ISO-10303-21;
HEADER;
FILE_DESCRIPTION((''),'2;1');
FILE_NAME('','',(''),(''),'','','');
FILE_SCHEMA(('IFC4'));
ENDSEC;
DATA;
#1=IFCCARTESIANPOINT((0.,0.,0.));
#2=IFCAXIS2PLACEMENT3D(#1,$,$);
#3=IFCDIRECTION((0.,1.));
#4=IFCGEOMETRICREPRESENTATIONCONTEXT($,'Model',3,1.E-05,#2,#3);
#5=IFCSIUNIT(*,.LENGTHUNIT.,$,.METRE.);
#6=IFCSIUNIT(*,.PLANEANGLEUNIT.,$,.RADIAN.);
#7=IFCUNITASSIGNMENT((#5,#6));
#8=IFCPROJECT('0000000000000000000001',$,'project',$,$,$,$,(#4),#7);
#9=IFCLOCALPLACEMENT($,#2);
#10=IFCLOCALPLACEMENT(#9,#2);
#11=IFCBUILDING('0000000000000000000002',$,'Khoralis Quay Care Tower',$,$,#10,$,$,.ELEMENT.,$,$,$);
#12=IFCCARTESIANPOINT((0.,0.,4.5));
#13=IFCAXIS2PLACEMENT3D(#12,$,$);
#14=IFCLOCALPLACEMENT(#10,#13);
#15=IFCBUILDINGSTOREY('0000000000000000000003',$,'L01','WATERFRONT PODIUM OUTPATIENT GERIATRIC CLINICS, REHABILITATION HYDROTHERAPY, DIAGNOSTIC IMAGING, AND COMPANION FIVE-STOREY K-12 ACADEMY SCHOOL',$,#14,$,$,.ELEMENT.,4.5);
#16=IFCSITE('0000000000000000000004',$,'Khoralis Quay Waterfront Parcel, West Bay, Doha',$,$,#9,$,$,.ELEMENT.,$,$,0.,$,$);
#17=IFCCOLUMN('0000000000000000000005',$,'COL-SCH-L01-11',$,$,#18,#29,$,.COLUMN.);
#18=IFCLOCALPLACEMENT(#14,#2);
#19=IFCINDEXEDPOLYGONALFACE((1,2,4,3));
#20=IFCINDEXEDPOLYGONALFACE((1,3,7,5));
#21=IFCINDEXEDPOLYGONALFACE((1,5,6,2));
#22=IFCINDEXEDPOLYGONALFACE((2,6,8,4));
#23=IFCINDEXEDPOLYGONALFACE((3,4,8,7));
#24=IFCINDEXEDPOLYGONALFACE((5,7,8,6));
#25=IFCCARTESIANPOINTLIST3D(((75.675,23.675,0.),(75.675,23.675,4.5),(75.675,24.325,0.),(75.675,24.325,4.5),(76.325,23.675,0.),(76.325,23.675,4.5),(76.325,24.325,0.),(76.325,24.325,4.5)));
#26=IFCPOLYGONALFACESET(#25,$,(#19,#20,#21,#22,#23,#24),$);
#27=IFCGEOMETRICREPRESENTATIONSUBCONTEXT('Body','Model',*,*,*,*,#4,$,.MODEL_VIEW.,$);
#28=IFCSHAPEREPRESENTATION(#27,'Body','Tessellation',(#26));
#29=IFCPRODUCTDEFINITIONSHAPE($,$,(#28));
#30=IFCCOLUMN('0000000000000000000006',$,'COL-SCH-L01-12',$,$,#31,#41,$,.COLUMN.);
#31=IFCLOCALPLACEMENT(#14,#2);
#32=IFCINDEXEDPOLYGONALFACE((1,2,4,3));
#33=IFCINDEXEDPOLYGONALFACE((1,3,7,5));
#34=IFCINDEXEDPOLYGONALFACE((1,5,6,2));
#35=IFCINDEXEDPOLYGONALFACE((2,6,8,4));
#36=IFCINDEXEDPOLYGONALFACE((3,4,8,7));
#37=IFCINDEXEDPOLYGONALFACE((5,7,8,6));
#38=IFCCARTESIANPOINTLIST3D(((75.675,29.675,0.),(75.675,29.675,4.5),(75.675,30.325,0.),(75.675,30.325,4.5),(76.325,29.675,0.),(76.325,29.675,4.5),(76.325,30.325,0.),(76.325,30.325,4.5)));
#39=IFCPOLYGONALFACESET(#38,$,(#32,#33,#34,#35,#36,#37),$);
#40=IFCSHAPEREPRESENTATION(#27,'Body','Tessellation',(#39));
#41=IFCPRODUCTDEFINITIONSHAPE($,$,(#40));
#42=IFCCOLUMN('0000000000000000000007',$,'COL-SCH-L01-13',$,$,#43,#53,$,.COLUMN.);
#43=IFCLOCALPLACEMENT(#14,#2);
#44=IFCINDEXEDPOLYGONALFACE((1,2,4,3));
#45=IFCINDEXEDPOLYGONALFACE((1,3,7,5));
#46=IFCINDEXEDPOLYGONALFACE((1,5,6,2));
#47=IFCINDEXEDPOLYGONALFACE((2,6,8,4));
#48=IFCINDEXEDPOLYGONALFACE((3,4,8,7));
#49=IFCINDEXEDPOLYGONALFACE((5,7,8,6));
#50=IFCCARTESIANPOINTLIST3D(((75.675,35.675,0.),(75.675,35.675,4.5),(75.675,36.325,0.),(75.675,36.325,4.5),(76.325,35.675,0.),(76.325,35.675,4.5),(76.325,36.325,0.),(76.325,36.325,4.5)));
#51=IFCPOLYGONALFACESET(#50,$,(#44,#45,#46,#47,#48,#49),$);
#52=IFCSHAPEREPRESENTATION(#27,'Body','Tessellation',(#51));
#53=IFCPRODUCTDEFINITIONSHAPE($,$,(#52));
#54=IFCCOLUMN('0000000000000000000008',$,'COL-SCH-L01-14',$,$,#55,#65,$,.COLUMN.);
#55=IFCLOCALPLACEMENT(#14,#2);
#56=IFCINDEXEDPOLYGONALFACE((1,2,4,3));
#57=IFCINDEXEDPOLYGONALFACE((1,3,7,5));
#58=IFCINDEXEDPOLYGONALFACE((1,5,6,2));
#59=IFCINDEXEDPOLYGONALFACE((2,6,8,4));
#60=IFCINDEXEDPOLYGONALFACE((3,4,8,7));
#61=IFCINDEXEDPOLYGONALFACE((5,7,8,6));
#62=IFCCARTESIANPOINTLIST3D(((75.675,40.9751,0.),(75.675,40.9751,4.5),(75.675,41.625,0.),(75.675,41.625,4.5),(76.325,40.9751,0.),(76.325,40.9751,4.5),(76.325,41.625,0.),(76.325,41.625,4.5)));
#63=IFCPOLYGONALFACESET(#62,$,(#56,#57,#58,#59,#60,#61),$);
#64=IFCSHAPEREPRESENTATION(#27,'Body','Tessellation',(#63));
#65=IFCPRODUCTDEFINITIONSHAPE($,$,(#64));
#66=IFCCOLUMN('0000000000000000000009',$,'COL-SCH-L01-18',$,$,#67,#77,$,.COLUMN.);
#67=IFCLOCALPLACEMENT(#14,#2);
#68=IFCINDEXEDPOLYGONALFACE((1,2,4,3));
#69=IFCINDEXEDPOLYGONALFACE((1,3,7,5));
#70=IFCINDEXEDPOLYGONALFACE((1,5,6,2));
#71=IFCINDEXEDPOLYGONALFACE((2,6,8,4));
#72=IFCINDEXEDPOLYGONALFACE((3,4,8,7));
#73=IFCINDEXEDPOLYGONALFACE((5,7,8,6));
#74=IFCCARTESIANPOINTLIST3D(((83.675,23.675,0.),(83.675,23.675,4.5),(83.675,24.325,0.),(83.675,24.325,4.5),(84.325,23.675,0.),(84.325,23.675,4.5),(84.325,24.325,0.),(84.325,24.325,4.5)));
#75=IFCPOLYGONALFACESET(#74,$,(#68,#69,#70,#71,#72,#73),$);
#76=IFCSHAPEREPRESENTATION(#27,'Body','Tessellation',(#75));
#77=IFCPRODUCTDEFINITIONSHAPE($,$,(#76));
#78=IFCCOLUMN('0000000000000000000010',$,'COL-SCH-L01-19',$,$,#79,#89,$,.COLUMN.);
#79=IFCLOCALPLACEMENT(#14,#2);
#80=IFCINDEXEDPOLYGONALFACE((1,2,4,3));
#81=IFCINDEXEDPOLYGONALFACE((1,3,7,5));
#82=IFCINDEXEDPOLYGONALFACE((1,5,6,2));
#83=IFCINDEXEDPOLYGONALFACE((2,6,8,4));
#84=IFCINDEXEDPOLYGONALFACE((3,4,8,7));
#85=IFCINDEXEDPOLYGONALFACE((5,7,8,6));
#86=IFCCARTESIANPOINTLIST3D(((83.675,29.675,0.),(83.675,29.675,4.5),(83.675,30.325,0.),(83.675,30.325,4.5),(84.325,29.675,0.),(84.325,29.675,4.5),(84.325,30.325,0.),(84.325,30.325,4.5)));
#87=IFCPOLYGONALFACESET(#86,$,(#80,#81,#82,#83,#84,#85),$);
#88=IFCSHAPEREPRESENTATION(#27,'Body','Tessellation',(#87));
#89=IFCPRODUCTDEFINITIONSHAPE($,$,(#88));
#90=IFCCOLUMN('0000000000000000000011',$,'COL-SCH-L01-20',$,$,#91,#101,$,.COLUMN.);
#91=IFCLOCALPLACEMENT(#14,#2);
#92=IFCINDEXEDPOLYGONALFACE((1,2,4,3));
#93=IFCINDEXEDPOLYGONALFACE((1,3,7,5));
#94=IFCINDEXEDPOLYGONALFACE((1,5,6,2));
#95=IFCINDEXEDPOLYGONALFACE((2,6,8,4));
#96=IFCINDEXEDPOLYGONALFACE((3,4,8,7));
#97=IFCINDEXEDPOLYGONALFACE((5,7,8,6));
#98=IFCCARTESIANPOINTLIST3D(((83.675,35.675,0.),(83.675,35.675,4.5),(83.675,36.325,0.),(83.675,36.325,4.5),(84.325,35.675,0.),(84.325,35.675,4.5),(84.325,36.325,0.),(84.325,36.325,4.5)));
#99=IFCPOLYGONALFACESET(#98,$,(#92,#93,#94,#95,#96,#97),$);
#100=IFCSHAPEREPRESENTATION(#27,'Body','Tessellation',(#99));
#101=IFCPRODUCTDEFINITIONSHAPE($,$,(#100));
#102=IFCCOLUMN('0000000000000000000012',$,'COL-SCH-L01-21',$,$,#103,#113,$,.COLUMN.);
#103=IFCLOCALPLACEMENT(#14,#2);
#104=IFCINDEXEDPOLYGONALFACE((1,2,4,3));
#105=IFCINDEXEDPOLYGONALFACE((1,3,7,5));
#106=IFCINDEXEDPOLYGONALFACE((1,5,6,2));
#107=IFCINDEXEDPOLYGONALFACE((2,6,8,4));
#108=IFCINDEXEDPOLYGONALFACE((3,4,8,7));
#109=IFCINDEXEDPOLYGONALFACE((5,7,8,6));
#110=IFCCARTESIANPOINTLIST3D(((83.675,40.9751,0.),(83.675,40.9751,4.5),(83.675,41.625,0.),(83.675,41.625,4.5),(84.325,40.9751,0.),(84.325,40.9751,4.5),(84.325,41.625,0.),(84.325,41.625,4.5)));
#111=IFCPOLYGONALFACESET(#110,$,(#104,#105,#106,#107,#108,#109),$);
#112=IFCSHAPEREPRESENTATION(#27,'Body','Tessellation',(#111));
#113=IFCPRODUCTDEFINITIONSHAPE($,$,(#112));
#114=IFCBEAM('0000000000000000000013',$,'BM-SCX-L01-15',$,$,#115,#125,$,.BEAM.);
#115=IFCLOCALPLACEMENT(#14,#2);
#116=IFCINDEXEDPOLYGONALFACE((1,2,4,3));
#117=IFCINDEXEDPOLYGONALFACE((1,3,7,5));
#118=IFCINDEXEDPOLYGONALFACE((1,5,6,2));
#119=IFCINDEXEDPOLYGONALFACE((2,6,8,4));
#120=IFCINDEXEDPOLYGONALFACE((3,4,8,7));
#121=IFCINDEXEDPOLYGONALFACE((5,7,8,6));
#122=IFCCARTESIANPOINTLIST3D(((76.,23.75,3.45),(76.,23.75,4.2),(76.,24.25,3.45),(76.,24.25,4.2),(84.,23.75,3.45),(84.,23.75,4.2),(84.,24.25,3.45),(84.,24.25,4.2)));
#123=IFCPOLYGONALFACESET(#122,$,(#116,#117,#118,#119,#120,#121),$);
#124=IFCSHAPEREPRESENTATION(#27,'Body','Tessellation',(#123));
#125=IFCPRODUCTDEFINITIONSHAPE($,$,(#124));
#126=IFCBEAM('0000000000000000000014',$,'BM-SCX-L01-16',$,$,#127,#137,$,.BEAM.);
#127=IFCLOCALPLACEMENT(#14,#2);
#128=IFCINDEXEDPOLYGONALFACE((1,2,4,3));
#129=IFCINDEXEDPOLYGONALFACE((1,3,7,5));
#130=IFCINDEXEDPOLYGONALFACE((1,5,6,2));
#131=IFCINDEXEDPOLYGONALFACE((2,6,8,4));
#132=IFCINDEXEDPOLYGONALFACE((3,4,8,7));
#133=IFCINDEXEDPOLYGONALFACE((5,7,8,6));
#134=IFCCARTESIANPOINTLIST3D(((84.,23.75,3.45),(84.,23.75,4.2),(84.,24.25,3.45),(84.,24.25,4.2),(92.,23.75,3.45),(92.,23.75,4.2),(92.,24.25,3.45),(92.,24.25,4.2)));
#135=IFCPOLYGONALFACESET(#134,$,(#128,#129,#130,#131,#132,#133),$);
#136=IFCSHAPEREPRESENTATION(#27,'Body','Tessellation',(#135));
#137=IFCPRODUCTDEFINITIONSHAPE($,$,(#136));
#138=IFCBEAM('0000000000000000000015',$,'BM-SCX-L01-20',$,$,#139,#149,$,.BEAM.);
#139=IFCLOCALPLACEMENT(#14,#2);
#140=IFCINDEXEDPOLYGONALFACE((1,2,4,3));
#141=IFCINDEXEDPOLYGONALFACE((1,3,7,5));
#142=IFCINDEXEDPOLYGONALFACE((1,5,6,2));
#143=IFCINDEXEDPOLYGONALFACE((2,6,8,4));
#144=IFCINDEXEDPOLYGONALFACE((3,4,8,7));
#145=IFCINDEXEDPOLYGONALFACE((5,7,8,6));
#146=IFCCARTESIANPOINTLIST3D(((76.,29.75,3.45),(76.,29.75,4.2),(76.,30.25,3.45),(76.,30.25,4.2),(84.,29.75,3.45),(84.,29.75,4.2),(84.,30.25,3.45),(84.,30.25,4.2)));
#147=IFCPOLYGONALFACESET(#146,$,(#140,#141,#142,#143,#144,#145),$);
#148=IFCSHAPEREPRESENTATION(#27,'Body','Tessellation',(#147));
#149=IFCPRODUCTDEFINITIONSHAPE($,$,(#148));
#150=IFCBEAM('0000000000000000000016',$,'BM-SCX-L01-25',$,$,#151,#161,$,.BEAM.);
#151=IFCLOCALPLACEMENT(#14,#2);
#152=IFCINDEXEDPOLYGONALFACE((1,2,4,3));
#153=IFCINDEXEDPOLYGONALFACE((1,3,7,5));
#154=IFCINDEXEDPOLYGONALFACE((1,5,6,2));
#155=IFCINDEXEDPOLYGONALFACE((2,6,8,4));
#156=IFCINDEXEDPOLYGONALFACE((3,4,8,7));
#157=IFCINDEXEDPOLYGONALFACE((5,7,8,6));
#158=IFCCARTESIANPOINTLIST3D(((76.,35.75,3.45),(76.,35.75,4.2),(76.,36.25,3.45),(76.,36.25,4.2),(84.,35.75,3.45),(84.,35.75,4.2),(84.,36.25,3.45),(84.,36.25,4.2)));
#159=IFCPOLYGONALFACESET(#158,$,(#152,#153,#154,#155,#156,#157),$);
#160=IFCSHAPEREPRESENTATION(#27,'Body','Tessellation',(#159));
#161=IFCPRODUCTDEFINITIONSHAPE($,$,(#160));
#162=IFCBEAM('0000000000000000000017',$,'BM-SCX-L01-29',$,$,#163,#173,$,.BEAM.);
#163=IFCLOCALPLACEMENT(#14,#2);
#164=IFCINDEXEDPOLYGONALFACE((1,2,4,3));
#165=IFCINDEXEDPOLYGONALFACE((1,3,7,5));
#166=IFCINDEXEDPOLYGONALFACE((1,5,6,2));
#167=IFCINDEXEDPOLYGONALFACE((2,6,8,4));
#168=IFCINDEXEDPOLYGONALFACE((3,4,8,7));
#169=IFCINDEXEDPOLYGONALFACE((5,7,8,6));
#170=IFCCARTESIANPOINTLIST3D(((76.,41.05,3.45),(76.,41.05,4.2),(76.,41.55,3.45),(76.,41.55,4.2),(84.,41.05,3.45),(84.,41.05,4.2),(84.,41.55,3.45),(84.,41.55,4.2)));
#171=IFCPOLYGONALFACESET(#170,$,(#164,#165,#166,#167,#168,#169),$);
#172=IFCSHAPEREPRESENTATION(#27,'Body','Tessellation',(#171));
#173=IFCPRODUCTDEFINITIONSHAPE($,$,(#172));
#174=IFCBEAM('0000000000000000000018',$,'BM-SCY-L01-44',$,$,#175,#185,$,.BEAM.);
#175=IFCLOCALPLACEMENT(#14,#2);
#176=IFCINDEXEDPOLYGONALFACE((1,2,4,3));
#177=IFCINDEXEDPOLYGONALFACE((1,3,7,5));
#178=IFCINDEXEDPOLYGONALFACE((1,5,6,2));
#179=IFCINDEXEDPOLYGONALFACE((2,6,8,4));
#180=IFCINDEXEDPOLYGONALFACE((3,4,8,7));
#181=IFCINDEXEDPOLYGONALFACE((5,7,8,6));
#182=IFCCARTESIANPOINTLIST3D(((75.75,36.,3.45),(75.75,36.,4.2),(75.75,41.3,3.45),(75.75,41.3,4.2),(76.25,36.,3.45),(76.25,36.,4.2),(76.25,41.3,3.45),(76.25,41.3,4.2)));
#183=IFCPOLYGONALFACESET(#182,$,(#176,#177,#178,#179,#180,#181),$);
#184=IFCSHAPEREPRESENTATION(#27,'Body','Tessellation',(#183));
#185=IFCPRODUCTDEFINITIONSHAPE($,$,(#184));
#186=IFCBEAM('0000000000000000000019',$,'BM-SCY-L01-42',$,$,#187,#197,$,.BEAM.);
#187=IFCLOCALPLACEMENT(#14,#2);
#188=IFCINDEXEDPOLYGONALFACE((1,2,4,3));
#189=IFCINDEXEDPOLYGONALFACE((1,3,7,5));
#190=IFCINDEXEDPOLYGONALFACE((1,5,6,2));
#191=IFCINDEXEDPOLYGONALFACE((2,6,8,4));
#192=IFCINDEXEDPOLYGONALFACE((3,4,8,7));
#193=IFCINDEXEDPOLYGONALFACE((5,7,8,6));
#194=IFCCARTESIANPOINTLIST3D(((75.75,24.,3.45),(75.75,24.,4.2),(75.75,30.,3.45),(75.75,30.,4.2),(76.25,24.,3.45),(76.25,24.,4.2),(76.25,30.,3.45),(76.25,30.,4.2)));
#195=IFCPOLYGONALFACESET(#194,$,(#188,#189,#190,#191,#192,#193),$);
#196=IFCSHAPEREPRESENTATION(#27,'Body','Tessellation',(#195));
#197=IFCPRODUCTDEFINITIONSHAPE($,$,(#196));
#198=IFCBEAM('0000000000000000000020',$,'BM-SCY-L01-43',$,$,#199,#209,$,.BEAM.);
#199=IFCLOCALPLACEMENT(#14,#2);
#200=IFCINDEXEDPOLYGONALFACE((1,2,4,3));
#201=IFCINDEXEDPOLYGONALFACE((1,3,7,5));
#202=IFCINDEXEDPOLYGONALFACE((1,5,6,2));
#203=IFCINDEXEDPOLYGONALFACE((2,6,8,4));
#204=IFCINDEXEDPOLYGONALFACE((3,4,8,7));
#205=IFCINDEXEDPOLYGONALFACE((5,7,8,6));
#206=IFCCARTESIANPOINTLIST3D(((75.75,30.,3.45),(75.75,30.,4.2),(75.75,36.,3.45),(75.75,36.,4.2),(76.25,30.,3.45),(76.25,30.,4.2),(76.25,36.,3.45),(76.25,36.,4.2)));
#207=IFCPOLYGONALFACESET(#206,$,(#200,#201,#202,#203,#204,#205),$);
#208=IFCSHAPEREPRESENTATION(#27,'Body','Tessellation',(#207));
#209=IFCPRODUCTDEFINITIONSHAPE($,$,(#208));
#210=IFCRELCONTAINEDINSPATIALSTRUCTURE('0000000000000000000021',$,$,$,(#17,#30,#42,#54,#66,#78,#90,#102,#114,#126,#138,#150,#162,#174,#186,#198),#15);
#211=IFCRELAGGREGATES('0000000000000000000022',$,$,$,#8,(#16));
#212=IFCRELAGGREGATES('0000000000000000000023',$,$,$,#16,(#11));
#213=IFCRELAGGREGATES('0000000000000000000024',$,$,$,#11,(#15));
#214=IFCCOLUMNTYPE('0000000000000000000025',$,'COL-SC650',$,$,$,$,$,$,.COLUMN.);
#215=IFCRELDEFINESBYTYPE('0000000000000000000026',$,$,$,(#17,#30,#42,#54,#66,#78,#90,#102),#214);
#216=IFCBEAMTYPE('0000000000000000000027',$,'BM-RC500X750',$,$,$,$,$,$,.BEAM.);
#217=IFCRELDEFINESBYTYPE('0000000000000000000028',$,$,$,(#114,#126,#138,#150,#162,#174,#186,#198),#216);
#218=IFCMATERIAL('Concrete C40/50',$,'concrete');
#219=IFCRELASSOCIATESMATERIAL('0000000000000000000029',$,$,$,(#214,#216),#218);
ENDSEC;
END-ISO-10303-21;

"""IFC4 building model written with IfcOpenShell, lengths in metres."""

from ifc_helpers import new_model, si_unit, direction, frame, origin, origin_2d, place, context, subcontext, project, spatial, rectangle, extrude, source, transform, mapped, material, material_profile, profile_set, type_object, element, save


model = new_model("IFC4")

# Units and contexts
model_context = context("Model", 3, precision=1e-05, world=origin(), true_north=direction((0.0, 1.0)))
body_context = subcontext(model_context, "Body", "Model", "MODEL_VIEW")
ifc_project = project(units=[si_unit("LENGTHUNIT", "METRE"), si_unit("PLANEANGLEUNIT", "RADIAN")], contexts=[model_context])

# Site, building, storey
site_placement = place(None, origin())
site = spatial("IfcSite", under=ifc_project, at=site_placement, Name="Khoralis Quay Waterfront Parcel, West Bay, Doha", CompositionType="ELEMENT", RefElevation=0.0)
building_placement = place(site_placement, origin())
building = spatial("IfcBuilding", under=site, at=building_placement, Name="Khoralis Quay Care Tower", CompositionType="ELEMENT")
storey_placement = place(building_placement, frame((0.0, 0.0, 4.5)))
storey = spatial("IfcBuildingStorey", under=building, at=storey_placement, Name="L01", Description="WATERFRONT PODIUM OUTPATIENT GERIATRIC CLINICS, REHABILITATION HYDROTHERAPY, DIAGNOSTIC IMAGING, AND COMPANION FIVE-STOREY K-12 ACADEMY SCHOOL", CompositionType="ELEMENT", Elevation=4.5)

# Columns
ifc_material_1 = material(Name="Concrete C40/50", Category="concrete")
ifc_material_profile_1 = material_profile(ifc_material_1, rectangle(XDim=0.6499, YDim=0.6499, at=origin_2d()), Name="Concrete C40/50")
ifc_profile_set_1 = profile_set([ifc_material_profile_1], Name="Concrete C40/50")
column_type = type_object("IfcColumnType", Name="COL-SC650", PredefinedType="COLUMN", material=ifc_profile_set_1)
shared_shape_1 = source(origin(), body_context, "Body", "SweptSolid", [
    extrude(rectangle(XDim=0.6499, YDim=0.6499, at=origin_2d()), origin(), (0.0, 0.0, 1.0), 4.5),
])
for number, where, z_axis, x_axis, name in (
    (1, (76.0, 24.0, 0.0), (0.0, 0.0, 1.0), (1.0, 0.0, 0.0), "COL-SCH-L01-11"),
    (2, (76.0, 30.0, 0.0), (0.0, 0.0, 1.0), (1.0, 0.0, 0.0), "COL-SCH-L01-12"),
    (3, (76.0, 36.0, 0.0), (0.0, 0.0, 1.0), (1.0, 0.0, 0.0), "COL-SCH-L01-13"),
    (4, (76.0, 41.3, 0.0), (0.0, 0.0, 1.0), (1.0, 0.0, 0.0), "COL-SCH-L01-14"),
    (5, (84.0, 24.0, 0.0), (0.0, 0.0, 1.0), (1.0, 0.0, 0.0), "COL-SCH-L01-18"),
    (6, (84.0, 30.0, 0.0), (0.0, 0.0, 1.0), (1.0, 0.0, 0.0), "COL-SCH-L01-19"),
    (7, (84.0, 36.0, 0.0), (0.0, 0.0, 1.0), (1.0, 0.0, 0.0), "COL-SCH-L01-20"),
    (8, (84.0, 41.3, 0.0), (0.0, 0.0, 1.0), (1.0, 0.0, 0.0), "COL-SCH-L01-21"),
):
    element("IfcColumn", number, at=place(storey_placement, frame(where, z_axis=z_axis, x_axis=x_axis)), inside=storey, type_object=column_type, Name=name, PredefinedType="COLUMN", context=body_context, shape_type="MappedRepresentation", body=[
        mapped(shared_shape_1, transform((0.0, 0.0, 0.0), scale=1.0)),
    ])

# Beams
ifc_material_profile_2 = material_profile(ifc_material_1, rectangle(XDim=0.5, YDim=0.75, at=origin_2d()), Name="Concrete C40/50")
ifc_profile_set_2 = profile_set([ifc_material_profile_2], Name="Concrete C40/50")
beam_type_1 = type_object("IfcBeamType", Name="BM-RC500X750", PredefinedType="BEAM", material=ifc_profile_set_2)
shared_shape_2 = source(origin(), body_context, "Body", "SweptSolid", [
    extrude(rectangle(XDim=0.5, YDim=0.75, at=origin_2d()), origin(), (0.0, 0.0, 1.0), 8.0),
])
for number, where, z_axis, x_axis, name in (
    (9, (76.0, 24.0, 3.825), (1.0, 0.0, 0.0), (0.0, 1.0, 0.0), "BM-SCX-L01-15"),
    (10, (84.0, 24.0, 3.825), (1.0, 0.0, 0.0), (0.0, 1.0, 0.0), "BM-SCX-L01-16"),
    (11, (76.0, 30.0, 3.825), (1.0, 0.0, 0.0), (0.0, 1.0, 0.0), "BM-SCX-L01-20"),
    (12, (76.0, 36.0, 3.825), (1.0, 0.0, 0.0), (0.0, 1.0, 0.0), "BM-SCX-L01-25"),
    (13, (76.0, 41.3, 3.825), (1.0, 0.0, 0.0), (0.0, 1.0, 0.0), "BM-SCX-L01-29"),
):
    element("IfcBeam", number, at=place(storey_placement, frame(where, z_axis=z_axis, x_axis=x_axis)), inside=storey, type_object=beam_type_1, Name=name, PredefinedType="BEAM", context=body_context, shape_type="MappedRepresentation", body=[
        mapped(shared_shape_2, transform((0.0, 0.0, 0.0), scale=1.0)),
    ])
shared_shape_3 = source(origin(), body_context, "Body", "SweptSolid", [
    extrude(rectangle(XDim=0.5, YDim=0.75, at=origin_2d()), origin(), (0.0, 0.0, 1.0), 5.3),
])
beam_1_placement = place(storey_placement, frame((76.0, 36.0, 3.825), z_axis=(0.0, 1.0, 0.0), x_axis=(-1.0, 0.0, 0.0)))
element("IfcBeam", 14, at=beam_1_placement, inside=storey, type_object=beam_type_1, Name="BM-SCY-L01-44", PredefinedType="BEAM", context=body_context, shape_type="MappedRepresentation", body=[
    mapped(shared_shape_3, transform((0.0, 0.0, 0.0), scale=1.0)),
])
shared_shape_4 = source(origin(), body_context, "Body", "SweptSolid", [
    extrude(rectangle(XDim=0.5, YDim=0.75, at=origin_2d()), origin(), (0.0, 0.0, 1.0), 6.0),
])
for number, where, z_axis, x_axis, name in (
    (15, (76.0, 24.0, 3.825), (0.0, 1.0, 0.0), (-1.0, 0.0, 0.0), "BM-SCY-L01-42"),
    (16, (76.0, 30.0, 3.825), (0.0, 1.0, 0.0), (-1.0, 0.0, 0.0), "BM-SCY-L01-43"),
):
    element("IfcBeam", number, at=place(storey_placement, frame(where, z_axis=z_axis, x_axis=x_axis)), inside=storey, type_object=beam_type_1, Name=name, PredefinedType="BEAM", context=body_context, shape_type="MappedRepresentation", body=[
        mapped(shared_shape_4, transform((0.0, 0.0, 0.0), scale=1.0)),
    ])

save(model, "model.ifc")
